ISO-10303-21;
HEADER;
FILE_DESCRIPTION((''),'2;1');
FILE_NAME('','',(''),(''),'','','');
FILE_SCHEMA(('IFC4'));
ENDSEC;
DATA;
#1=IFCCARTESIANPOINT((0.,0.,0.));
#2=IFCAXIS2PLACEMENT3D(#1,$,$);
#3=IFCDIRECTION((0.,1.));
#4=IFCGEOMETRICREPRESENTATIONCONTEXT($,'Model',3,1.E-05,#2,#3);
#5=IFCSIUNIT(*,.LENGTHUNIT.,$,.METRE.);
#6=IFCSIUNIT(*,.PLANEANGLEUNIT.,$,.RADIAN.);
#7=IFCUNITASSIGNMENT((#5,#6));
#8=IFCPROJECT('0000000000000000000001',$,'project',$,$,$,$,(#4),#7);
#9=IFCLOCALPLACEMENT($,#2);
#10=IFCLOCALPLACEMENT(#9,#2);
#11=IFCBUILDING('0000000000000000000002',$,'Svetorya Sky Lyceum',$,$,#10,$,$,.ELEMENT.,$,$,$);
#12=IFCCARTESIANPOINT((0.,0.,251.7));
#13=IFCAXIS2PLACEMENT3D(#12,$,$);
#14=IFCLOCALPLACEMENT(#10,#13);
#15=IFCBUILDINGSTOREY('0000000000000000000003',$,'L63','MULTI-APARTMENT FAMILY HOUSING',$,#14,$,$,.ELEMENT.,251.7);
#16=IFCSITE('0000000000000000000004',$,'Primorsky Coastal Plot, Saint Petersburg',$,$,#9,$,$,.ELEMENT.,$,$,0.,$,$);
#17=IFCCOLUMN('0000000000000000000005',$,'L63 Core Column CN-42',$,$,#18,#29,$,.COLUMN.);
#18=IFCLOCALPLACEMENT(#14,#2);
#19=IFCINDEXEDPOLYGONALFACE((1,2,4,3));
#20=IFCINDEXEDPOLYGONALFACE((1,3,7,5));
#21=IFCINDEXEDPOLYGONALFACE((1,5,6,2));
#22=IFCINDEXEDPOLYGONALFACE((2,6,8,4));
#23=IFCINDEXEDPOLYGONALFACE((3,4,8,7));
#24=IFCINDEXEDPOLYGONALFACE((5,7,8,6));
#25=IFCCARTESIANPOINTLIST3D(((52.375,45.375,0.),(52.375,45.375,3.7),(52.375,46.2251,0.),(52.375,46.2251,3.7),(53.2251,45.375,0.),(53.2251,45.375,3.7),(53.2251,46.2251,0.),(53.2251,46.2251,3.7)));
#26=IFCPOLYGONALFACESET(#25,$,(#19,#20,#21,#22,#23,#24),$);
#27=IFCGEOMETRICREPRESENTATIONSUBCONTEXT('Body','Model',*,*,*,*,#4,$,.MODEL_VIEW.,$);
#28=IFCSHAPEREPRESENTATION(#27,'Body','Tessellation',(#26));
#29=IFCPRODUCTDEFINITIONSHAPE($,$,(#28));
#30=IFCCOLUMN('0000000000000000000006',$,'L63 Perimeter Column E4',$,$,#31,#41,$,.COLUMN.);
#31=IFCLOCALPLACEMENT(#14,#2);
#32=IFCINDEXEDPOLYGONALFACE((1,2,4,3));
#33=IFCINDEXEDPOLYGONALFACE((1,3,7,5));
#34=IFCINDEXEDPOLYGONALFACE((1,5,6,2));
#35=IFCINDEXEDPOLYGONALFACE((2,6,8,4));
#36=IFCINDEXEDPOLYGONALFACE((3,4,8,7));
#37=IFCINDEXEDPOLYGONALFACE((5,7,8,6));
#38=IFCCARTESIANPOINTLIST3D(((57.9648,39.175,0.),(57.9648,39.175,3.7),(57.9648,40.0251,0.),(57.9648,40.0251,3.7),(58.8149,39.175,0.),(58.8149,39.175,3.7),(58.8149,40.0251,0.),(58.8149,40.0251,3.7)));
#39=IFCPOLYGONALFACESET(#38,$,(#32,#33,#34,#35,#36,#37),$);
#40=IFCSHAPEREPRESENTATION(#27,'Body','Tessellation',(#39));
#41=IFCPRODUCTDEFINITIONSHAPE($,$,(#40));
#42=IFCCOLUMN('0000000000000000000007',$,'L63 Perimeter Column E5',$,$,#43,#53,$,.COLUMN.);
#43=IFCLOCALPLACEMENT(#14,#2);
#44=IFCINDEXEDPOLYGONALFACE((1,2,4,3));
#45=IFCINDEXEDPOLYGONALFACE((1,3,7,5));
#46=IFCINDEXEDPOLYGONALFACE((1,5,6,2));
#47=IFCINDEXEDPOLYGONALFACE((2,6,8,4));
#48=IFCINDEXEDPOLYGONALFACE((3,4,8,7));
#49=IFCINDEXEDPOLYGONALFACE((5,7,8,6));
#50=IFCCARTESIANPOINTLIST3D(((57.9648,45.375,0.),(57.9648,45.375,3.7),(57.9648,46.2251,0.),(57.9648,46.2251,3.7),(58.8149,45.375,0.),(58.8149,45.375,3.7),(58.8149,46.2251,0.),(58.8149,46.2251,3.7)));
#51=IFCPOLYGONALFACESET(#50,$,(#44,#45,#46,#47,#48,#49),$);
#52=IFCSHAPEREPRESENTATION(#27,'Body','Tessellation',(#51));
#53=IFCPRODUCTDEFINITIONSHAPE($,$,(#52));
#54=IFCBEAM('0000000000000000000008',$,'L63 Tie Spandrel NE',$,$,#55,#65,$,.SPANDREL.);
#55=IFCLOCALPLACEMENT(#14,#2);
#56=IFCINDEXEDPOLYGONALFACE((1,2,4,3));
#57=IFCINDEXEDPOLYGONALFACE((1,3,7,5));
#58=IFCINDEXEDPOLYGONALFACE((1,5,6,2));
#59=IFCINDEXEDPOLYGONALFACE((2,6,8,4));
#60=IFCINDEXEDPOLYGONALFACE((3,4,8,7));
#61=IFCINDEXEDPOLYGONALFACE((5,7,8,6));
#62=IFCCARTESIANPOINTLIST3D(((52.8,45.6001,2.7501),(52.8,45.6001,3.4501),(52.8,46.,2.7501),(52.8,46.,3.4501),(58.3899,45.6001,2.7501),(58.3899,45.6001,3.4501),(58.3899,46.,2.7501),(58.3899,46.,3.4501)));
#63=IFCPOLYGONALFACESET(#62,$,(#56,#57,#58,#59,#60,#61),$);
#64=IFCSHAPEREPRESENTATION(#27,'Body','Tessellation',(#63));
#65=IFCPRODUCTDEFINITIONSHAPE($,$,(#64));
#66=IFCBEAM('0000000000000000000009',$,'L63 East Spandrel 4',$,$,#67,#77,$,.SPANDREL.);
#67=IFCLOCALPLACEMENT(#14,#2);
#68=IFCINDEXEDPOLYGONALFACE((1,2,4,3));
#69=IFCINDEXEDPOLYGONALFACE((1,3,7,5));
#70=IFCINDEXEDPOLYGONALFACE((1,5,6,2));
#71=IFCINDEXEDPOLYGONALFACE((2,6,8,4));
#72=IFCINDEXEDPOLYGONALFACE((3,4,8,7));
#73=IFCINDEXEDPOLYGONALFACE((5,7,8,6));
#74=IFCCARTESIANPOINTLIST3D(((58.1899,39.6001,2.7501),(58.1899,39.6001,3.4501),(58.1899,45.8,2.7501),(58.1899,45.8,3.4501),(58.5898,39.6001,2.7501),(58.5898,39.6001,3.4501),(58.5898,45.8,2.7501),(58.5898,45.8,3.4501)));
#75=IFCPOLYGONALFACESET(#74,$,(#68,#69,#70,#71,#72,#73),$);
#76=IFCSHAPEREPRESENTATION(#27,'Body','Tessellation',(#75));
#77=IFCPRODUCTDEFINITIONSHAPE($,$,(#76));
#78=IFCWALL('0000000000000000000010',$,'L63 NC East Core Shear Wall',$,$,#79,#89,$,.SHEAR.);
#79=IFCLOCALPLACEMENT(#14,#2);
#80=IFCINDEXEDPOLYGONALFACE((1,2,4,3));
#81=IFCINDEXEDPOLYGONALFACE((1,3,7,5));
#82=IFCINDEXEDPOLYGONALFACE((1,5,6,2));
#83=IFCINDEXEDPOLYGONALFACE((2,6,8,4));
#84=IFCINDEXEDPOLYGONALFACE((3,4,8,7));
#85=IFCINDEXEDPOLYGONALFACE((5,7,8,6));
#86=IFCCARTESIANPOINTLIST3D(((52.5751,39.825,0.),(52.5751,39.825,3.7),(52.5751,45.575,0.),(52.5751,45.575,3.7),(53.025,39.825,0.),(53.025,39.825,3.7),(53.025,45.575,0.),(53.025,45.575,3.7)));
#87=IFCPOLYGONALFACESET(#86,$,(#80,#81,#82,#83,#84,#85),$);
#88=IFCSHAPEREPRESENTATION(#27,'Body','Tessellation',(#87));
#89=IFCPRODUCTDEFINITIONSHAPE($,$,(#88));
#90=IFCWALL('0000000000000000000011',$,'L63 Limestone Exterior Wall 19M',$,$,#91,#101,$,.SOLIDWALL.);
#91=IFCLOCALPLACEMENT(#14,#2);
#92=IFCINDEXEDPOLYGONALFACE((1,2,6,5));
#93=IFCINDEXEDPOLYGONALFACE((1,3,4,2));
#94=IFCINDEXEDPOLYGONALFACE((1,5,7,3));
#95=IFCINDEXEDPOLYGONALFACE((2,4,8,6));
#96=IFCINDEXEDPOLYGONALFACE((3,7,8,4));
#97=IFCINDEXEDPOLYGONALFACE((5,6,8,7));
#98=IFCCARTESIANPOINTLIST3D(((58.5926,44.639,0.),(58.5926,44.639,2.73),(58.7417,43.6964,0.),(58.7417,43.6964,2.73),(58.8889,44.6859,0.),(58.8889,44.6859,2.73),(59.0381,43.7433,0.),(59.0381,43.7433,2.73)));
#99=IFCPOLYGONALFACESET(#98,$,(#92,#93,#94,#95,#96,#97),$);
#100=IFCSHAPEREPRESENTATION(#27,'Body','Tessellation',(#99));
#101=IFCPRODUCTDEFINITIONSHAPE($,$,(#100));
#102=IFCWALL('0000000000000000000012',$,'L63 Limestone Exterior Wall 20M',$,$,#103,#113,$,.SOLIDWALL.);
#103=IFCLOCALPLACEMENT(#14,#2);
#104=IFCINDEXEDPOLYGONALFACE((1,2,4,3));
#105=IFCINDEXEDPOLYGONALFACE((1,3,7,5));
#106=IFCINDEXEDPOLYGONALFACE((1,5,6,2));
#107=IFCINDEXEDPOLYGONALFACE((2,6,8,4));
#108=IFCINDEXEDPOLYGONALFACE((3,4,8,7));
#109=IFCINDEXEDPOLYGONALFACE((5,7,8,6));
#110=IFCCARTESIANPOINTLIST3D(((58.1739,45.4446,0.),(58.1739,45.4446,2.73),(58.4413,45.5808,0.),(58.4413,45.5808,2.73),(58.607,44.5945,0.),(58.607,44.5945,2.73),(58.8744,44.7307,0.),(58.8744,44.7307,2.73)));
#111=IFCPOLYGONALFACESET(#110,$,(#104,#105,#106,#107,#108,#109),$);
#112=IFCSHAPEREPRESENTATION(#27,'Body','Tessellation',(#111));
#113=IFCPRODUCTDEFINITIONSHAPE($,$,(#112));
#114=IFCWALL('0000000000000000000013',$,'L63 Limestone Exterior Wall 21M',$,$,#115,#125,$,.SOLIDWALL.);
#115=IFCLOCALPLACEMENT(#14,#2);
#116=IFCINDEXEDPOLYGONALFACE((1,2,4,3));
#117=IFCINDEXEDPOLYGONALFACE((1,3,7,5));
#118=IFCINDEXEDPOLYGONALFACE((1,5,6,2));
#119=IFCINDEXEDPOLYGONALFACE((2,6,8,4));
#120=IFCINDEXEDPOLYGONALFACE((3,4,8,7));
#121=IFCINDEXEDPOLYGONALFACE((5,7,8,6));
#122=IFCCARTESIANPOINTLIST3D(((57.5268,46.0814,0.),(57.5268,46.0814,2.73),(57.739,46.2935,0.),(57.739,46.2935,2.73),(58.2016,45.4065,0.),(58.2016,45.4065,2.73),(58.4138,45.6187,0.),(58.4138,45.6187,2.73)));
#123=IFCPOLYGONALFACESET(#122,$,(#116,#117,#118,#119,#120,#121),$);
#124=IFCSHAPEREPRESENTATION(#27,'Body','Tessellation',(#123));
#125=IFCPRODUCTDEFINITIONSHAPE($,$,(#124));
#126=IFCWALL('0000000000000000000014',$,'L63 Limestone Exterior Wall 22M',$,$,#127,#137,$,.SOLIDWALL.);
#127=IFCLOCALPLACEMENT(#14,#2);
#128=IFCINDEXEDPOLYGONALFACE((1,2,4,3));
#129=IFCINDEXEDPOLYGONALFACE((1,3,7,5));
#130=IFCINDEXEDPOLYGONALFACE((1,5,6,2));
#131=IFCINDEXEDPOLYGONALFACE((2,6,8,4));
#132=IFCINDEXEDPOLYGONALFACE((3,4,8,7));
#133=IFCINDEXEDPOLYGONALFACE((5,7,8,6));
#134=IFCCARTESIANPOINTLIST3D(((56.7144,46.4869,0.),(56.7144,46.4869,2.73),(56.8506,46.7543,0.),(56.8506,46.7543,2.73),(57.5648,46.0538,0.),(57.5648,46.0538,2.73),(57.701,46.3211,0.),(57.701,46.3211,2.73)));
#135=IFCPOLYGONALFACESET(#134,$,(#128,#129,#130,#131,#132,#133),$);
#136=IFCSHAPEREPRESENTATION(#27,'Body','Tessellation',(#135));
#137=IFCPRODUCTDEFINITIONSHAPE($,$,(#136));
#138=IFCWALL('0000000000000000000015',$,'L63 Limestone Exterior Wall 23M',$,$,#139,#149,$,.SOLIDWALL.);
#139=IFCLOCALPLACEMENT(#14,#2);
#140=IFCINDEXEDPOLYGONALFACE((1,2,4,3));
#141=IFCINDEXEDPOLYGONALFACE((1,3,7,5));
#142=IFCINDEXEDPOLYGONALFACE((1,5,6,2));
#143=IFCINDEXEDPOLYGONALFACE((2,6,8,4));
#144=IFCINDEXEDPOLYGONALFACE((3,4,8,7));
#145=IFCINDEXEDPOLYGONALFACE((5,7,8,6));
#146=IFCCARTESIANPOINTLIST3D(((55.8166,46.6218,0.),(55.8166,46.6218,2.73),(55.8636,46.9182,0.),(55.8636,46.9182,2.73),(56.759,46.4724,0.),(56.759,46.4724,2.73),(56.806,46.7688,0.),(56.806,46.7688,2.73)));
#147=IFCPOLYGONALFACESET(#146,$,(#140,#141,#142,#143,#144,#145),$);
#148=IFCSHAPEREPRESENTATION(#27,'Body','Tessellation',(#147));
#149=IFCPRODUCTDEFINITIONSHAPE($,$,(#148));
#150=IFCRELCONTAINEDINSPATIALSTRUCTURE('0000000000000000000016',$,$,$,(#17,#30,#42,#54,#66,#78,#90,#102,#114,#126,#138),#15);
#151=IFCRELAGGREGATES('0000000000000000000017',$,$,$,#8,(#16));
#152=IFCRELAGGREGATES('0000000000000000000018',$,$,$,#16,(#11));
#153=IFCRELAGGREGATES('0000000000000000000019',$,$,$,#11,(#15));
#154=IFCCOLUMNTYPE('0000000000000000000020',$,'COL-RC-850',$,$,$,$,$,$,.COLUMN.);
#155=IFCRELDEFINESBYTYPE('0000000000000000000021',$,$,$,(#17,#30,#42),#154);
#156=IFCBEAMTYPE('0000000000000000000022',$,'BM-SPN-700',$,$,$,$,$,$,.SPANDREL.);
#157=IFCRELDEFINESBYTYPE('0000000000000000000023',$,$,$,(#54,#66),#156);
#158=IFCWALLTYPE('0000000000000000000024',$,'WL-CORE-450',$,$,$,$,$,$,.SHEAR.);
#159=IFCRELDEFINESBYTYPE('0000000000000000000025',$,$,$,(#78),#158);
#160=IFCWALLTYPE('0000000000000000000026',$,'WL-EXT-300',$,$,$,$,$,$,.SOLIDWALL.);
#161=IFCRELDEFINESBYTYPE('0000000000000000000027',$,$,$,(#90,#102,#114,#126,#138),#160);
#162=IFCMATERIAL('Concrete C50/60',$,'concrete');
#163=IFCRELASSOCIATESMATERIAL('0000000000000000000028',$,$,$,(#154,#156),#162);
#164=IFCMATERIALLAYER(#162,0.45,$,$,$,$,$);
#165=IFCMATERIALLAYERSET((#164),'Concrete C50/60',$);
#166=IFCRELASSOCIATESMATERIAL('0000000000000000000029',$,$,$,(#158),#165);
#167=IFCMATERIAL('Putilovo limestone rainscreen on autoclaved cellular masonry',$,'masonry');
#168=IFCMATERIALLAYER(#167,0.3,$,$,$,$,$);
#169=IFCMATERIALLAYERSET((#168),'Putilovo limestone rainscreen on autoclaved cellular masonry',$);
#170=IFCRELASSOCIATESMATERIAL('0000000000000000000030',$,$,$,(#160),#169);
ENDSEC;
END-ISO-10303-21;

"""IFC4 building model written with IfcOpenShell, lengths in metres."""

from ifc_helpers import new_model, si_unit, direction, frame, frame_2d, origin, origin_2d, place, context, subcontext, project, spatial, rectangle, extrude, material, layer, layer_set, material_profile, profile_set, type_object, element, save


model = new_model("IFC4")

# Units and contexts
model_context = context("Model", 3, precision=1e-05, world=origin(), true_north=direction((0.0, 1.0)))
body_context = subcontext(model_context, "Body", "Model", "MODEL_VIEW")
ifc_project = project(units=[si_unit("LENGTHUNIT", "METRE"), si_unit("PLANEANGLEUNIT", "RADIAN")], contexts=[model_context])

# Site, building, storey
site_placement = place(None, origin())
site = spatial("IfcSite", under=ifc_project, at=site_placement, Name="Primorsky Coastal Plot, Saint Petersburg", CompositionType="ELEMENT", RefElevation=0.0)
building_placement = place(site_placement, origin())
building = spatial("IfcBuilding", under=site, at=building_placement, Name="Svetorya Sky Lyceum", CompositionType="ELEMENT")
storey_placement = place(building_placement, frame((0.0, 0.0, 251.7)))
storey = spatial("IfcBuildingStorey", under=building, at=storey_placement, Name="L63", Description="MULTI-APARTMENT FAMILY HOUSING", CompositionType="ELEMENT", Elevation=251.7)

# Columns
ifc_material_1 = material(Name="Concrete C50/60", Category="concrete")
ifc_material_profile_1 = material_profile(ifc_material_1, rectangle(XDim=0.8501, YDim=0.8501, at=origin_2d()), Name="RC COL 850x850")
ifc_profile_set_1 = profile_set([ifc_material_profile_1], Name="Concrete C50/60")
column_type = type_object("IfcColumnType", Name="COL-RC-850", PredefinedType="COLUMN", material=ifc_profile_set_1)
for number, where, z_axis, x_axis, name in (
    (1, (52.8, 45.8, 0.0), (0.0, 0.0, 1.0), (1.0, 0.0, 0.0), "L63 Core Column CN-42"),
    (2, (58.3899, 39.6001, 0.0), (0.0, 0.0, 1.0), (1.0, 0.0, 0.0), "L63 Perimeter Column E4"),
    (3, (58.3899, 45.8, 0.0), (0.0, 0.0, 1.0), (1.0, 0.0, 0.0), "L63 Perimeter Column E5"),
):
    element("IfcColumn", number, at=place(storey_placement, frame(where, z_axis=z_axis, x_axis=x_axis)), inside=storey, type_object=column_type, Name=name, PredefinedType="COLUMN", context=body_context, shape_type="SweptSolid", body=[
        extrude(rectangle(XDim=0.8501, YDim=0.8501, at=origin_2d()), origin(), (0.0, 0.0, 1.0), 3.7),
    ])

# Beams
ifc_material_profile_2 = material_profile(ifc_material_1, rectangle(XDim=0.3999, YDim=0.7, at=origin_2d()), Name="RC SPANDREL 400x700")
ifc_profile_set_2 = profile_set([ifc_material_profile_2], Name="Concrete C50/60")
beam_type = type_object("IfcBeamType", Name="BM-SPN-700", PredefinedType="SPANDREL", material=ifc_profile_set_2)
beam_1_placement = place(storey_placement, frame((52.8, 45.8, 3.1001), z_axis=(1.0, 0.0, 0.0), x_axis=(0.0, 1.0, 0.0)))
element("IfcBeam", 4, at=beam_1_placement, inside=storey, type_object=beam_type, Name="L63 Tie Spandrel NE", PredefinedType="SPANDREL", context=body_context, shape_type="SweptSolid", body=[
    extrude(rectangle(XDim=0.3999, YDim=0.7, at=origin_2d()), origin(), (0.0, 0.0, 1.0), 5.5898),
])
beam_2_placement = place(storey_placement, frame((58.3899, 39.6001, 3.1001), z_axis=(0.0, 1.0, 0.0), x_axis=(-1.0, 0.0, 0.0)))
element("IfcBeam", 5, at=beam_2_placement, inside=storey, type_object=beam_type, Name="L63 East Spandrel 4", PredefinedType="SPANDREL", context=body_context, shape_type="SweptSolid", body=[
    extrude(rectangle(XDim=0.3999, YDim=0.7, at=origin_2d()), origin(), (0.0, 0.0, 1.0), 6.2),
])

# Walls
ifc_layer_1 = layer(ifc_material_1, 0.45)
ifc_layer_set_1 = layer_set([ifc_layer_1], Name="Concrete C50/60")
wall_type_1 = type_object("IfcWallType", Name="WL-CORE-450", PredefinedType="SHEAR", material=ifc_layer_set_1)
wall_1_placement = place(storey_placement, frame((52.8, 39.825, 0.0), z_axis=(0.0, 0.0, 1.0), x_axis=(0.0, 1.0, 0.0)))
element("IfcWall", 6, at=wall_1_placement, inside=storey, type_object=wall_type_1, Name="L63 NC East Core Shear Wall", PredefinedType="SHEAR", context=body_context, shape_type="SweptSolid", body=[
    extrude(rectangle(XDim=5.75, YDim=0.45, at=frame_2d((2.875, 0.0))), origin(), (0.0, 0.0, 1.0), 3.7),
])
ifc_material_2 = material(Name="Putilovo limestone rainscreen on autoclaved cellular masonry", Category="masonry")
ifc_layer_2 = layer(ifc_material_2, 0.3)
ifc_layer_set_2 = layer_set([ifc_layer_2], Name="Putilovo limestone rainscreen on autoclaved cellular masonry")
wall_type_2 = type_object("IfcWallType", Name="WL-EXT-300", PredefinedType="SOLIDWALL", material=ifc_layer_set_2)
wall_2_placement = place(storey_placement, frame((58.8899, 43.72, 0.0), z_axis=(0.0, 0.0, 1.0), x_axis=(-0.156304, 0.987709, 0.0)))
element("IfcWall", 7, at=wall_2_placement, inside=storey, type_object=wall_type_2, Name="L63 Limestone Exterior Wall 19M", PredefinedType="SOLIDWALL", context=body_context, shape_type="SweptSolid", body=[
    extrude(rectangle(XDim=0.9543, YDim=0.3, at=frame_2d((0.4771, 0.0))), origin(), (0.0, 0.0, 1.0), 2.73),
])
wall_3_placement = place(storey_placement, frame((58.7407, 44.6626, 0.0), z_axis=(0.0, 0.0, 1.0), x_axis=(-0.453956, 0.891024, 0.0)))
element("IfcWall", 8, at=wall_3_placement, inside=storey, type_object=wall_type_2, Name="L63 Limestone Exterior Wall 20M", PredefinedType="SOLIDWALL", context=body_context, shape_type="SweptSolid", body=[
    extrude(rectangle(XDim=0.9541, YDim=0.3, at=frame_2d((0.4771, 0.0))), origin(), (0.0, 0.0, 1.0), 2.73),
])
for number, where, z_axis, x_axis, name in (
    (9, (58.3076, 45.5127, 0.0), (0.0, 0.0, 1.0), (-0.707107, 0.707107, 0.0), "L63 Limestone Exterior Wall 21M"),
    (10, (57.6328, 46.1875, 0.0), (0.0, 0.0, 1.0), (-0.891077, 0.453853, 0.0), "L63 Limestone Exterior Wall 22M"),
):
    element("IfcWall", number, at=place(storey_placement, frame(where, z_axis=z_axis, x_axis=x_axis)), inside=storey, type_object=wall_type_2, Name=name, PredefinedType="SOLIDWALL", context=body_context, shape_type="SweptSolid", body=[
        extrude(rectangle(XDim=0.9543, YDim=0.3, at=frame_2d((0.4771, 0.0))), origin(), (0.0, 0.0, 1.0), 2.73),
    ])
wall_4_placement = place(storey_placement, frame((56.7825, 46.6206, 0.0), z_axis=(0.0, 0.0, 1.0), x_axis=(-0.987663, 0.156593, 0.0)))
element("IfcWall", 11, at=wall_4_placement, inside=storey, type_object=wall_type_2, Name="L63 Limestone Exterior Wall 23M", PredefinedType="SOLIDWALL", context=body_context, shape_type="SweptSolid", body=[
    extrude(rectangle(XDim=0.9541, YDim=0.3, at=frame_2d((0.4771, 0.0))), origin(), (0.0, 0.0, 1.0), 2.73),
])

save(model, "model.ifc")
